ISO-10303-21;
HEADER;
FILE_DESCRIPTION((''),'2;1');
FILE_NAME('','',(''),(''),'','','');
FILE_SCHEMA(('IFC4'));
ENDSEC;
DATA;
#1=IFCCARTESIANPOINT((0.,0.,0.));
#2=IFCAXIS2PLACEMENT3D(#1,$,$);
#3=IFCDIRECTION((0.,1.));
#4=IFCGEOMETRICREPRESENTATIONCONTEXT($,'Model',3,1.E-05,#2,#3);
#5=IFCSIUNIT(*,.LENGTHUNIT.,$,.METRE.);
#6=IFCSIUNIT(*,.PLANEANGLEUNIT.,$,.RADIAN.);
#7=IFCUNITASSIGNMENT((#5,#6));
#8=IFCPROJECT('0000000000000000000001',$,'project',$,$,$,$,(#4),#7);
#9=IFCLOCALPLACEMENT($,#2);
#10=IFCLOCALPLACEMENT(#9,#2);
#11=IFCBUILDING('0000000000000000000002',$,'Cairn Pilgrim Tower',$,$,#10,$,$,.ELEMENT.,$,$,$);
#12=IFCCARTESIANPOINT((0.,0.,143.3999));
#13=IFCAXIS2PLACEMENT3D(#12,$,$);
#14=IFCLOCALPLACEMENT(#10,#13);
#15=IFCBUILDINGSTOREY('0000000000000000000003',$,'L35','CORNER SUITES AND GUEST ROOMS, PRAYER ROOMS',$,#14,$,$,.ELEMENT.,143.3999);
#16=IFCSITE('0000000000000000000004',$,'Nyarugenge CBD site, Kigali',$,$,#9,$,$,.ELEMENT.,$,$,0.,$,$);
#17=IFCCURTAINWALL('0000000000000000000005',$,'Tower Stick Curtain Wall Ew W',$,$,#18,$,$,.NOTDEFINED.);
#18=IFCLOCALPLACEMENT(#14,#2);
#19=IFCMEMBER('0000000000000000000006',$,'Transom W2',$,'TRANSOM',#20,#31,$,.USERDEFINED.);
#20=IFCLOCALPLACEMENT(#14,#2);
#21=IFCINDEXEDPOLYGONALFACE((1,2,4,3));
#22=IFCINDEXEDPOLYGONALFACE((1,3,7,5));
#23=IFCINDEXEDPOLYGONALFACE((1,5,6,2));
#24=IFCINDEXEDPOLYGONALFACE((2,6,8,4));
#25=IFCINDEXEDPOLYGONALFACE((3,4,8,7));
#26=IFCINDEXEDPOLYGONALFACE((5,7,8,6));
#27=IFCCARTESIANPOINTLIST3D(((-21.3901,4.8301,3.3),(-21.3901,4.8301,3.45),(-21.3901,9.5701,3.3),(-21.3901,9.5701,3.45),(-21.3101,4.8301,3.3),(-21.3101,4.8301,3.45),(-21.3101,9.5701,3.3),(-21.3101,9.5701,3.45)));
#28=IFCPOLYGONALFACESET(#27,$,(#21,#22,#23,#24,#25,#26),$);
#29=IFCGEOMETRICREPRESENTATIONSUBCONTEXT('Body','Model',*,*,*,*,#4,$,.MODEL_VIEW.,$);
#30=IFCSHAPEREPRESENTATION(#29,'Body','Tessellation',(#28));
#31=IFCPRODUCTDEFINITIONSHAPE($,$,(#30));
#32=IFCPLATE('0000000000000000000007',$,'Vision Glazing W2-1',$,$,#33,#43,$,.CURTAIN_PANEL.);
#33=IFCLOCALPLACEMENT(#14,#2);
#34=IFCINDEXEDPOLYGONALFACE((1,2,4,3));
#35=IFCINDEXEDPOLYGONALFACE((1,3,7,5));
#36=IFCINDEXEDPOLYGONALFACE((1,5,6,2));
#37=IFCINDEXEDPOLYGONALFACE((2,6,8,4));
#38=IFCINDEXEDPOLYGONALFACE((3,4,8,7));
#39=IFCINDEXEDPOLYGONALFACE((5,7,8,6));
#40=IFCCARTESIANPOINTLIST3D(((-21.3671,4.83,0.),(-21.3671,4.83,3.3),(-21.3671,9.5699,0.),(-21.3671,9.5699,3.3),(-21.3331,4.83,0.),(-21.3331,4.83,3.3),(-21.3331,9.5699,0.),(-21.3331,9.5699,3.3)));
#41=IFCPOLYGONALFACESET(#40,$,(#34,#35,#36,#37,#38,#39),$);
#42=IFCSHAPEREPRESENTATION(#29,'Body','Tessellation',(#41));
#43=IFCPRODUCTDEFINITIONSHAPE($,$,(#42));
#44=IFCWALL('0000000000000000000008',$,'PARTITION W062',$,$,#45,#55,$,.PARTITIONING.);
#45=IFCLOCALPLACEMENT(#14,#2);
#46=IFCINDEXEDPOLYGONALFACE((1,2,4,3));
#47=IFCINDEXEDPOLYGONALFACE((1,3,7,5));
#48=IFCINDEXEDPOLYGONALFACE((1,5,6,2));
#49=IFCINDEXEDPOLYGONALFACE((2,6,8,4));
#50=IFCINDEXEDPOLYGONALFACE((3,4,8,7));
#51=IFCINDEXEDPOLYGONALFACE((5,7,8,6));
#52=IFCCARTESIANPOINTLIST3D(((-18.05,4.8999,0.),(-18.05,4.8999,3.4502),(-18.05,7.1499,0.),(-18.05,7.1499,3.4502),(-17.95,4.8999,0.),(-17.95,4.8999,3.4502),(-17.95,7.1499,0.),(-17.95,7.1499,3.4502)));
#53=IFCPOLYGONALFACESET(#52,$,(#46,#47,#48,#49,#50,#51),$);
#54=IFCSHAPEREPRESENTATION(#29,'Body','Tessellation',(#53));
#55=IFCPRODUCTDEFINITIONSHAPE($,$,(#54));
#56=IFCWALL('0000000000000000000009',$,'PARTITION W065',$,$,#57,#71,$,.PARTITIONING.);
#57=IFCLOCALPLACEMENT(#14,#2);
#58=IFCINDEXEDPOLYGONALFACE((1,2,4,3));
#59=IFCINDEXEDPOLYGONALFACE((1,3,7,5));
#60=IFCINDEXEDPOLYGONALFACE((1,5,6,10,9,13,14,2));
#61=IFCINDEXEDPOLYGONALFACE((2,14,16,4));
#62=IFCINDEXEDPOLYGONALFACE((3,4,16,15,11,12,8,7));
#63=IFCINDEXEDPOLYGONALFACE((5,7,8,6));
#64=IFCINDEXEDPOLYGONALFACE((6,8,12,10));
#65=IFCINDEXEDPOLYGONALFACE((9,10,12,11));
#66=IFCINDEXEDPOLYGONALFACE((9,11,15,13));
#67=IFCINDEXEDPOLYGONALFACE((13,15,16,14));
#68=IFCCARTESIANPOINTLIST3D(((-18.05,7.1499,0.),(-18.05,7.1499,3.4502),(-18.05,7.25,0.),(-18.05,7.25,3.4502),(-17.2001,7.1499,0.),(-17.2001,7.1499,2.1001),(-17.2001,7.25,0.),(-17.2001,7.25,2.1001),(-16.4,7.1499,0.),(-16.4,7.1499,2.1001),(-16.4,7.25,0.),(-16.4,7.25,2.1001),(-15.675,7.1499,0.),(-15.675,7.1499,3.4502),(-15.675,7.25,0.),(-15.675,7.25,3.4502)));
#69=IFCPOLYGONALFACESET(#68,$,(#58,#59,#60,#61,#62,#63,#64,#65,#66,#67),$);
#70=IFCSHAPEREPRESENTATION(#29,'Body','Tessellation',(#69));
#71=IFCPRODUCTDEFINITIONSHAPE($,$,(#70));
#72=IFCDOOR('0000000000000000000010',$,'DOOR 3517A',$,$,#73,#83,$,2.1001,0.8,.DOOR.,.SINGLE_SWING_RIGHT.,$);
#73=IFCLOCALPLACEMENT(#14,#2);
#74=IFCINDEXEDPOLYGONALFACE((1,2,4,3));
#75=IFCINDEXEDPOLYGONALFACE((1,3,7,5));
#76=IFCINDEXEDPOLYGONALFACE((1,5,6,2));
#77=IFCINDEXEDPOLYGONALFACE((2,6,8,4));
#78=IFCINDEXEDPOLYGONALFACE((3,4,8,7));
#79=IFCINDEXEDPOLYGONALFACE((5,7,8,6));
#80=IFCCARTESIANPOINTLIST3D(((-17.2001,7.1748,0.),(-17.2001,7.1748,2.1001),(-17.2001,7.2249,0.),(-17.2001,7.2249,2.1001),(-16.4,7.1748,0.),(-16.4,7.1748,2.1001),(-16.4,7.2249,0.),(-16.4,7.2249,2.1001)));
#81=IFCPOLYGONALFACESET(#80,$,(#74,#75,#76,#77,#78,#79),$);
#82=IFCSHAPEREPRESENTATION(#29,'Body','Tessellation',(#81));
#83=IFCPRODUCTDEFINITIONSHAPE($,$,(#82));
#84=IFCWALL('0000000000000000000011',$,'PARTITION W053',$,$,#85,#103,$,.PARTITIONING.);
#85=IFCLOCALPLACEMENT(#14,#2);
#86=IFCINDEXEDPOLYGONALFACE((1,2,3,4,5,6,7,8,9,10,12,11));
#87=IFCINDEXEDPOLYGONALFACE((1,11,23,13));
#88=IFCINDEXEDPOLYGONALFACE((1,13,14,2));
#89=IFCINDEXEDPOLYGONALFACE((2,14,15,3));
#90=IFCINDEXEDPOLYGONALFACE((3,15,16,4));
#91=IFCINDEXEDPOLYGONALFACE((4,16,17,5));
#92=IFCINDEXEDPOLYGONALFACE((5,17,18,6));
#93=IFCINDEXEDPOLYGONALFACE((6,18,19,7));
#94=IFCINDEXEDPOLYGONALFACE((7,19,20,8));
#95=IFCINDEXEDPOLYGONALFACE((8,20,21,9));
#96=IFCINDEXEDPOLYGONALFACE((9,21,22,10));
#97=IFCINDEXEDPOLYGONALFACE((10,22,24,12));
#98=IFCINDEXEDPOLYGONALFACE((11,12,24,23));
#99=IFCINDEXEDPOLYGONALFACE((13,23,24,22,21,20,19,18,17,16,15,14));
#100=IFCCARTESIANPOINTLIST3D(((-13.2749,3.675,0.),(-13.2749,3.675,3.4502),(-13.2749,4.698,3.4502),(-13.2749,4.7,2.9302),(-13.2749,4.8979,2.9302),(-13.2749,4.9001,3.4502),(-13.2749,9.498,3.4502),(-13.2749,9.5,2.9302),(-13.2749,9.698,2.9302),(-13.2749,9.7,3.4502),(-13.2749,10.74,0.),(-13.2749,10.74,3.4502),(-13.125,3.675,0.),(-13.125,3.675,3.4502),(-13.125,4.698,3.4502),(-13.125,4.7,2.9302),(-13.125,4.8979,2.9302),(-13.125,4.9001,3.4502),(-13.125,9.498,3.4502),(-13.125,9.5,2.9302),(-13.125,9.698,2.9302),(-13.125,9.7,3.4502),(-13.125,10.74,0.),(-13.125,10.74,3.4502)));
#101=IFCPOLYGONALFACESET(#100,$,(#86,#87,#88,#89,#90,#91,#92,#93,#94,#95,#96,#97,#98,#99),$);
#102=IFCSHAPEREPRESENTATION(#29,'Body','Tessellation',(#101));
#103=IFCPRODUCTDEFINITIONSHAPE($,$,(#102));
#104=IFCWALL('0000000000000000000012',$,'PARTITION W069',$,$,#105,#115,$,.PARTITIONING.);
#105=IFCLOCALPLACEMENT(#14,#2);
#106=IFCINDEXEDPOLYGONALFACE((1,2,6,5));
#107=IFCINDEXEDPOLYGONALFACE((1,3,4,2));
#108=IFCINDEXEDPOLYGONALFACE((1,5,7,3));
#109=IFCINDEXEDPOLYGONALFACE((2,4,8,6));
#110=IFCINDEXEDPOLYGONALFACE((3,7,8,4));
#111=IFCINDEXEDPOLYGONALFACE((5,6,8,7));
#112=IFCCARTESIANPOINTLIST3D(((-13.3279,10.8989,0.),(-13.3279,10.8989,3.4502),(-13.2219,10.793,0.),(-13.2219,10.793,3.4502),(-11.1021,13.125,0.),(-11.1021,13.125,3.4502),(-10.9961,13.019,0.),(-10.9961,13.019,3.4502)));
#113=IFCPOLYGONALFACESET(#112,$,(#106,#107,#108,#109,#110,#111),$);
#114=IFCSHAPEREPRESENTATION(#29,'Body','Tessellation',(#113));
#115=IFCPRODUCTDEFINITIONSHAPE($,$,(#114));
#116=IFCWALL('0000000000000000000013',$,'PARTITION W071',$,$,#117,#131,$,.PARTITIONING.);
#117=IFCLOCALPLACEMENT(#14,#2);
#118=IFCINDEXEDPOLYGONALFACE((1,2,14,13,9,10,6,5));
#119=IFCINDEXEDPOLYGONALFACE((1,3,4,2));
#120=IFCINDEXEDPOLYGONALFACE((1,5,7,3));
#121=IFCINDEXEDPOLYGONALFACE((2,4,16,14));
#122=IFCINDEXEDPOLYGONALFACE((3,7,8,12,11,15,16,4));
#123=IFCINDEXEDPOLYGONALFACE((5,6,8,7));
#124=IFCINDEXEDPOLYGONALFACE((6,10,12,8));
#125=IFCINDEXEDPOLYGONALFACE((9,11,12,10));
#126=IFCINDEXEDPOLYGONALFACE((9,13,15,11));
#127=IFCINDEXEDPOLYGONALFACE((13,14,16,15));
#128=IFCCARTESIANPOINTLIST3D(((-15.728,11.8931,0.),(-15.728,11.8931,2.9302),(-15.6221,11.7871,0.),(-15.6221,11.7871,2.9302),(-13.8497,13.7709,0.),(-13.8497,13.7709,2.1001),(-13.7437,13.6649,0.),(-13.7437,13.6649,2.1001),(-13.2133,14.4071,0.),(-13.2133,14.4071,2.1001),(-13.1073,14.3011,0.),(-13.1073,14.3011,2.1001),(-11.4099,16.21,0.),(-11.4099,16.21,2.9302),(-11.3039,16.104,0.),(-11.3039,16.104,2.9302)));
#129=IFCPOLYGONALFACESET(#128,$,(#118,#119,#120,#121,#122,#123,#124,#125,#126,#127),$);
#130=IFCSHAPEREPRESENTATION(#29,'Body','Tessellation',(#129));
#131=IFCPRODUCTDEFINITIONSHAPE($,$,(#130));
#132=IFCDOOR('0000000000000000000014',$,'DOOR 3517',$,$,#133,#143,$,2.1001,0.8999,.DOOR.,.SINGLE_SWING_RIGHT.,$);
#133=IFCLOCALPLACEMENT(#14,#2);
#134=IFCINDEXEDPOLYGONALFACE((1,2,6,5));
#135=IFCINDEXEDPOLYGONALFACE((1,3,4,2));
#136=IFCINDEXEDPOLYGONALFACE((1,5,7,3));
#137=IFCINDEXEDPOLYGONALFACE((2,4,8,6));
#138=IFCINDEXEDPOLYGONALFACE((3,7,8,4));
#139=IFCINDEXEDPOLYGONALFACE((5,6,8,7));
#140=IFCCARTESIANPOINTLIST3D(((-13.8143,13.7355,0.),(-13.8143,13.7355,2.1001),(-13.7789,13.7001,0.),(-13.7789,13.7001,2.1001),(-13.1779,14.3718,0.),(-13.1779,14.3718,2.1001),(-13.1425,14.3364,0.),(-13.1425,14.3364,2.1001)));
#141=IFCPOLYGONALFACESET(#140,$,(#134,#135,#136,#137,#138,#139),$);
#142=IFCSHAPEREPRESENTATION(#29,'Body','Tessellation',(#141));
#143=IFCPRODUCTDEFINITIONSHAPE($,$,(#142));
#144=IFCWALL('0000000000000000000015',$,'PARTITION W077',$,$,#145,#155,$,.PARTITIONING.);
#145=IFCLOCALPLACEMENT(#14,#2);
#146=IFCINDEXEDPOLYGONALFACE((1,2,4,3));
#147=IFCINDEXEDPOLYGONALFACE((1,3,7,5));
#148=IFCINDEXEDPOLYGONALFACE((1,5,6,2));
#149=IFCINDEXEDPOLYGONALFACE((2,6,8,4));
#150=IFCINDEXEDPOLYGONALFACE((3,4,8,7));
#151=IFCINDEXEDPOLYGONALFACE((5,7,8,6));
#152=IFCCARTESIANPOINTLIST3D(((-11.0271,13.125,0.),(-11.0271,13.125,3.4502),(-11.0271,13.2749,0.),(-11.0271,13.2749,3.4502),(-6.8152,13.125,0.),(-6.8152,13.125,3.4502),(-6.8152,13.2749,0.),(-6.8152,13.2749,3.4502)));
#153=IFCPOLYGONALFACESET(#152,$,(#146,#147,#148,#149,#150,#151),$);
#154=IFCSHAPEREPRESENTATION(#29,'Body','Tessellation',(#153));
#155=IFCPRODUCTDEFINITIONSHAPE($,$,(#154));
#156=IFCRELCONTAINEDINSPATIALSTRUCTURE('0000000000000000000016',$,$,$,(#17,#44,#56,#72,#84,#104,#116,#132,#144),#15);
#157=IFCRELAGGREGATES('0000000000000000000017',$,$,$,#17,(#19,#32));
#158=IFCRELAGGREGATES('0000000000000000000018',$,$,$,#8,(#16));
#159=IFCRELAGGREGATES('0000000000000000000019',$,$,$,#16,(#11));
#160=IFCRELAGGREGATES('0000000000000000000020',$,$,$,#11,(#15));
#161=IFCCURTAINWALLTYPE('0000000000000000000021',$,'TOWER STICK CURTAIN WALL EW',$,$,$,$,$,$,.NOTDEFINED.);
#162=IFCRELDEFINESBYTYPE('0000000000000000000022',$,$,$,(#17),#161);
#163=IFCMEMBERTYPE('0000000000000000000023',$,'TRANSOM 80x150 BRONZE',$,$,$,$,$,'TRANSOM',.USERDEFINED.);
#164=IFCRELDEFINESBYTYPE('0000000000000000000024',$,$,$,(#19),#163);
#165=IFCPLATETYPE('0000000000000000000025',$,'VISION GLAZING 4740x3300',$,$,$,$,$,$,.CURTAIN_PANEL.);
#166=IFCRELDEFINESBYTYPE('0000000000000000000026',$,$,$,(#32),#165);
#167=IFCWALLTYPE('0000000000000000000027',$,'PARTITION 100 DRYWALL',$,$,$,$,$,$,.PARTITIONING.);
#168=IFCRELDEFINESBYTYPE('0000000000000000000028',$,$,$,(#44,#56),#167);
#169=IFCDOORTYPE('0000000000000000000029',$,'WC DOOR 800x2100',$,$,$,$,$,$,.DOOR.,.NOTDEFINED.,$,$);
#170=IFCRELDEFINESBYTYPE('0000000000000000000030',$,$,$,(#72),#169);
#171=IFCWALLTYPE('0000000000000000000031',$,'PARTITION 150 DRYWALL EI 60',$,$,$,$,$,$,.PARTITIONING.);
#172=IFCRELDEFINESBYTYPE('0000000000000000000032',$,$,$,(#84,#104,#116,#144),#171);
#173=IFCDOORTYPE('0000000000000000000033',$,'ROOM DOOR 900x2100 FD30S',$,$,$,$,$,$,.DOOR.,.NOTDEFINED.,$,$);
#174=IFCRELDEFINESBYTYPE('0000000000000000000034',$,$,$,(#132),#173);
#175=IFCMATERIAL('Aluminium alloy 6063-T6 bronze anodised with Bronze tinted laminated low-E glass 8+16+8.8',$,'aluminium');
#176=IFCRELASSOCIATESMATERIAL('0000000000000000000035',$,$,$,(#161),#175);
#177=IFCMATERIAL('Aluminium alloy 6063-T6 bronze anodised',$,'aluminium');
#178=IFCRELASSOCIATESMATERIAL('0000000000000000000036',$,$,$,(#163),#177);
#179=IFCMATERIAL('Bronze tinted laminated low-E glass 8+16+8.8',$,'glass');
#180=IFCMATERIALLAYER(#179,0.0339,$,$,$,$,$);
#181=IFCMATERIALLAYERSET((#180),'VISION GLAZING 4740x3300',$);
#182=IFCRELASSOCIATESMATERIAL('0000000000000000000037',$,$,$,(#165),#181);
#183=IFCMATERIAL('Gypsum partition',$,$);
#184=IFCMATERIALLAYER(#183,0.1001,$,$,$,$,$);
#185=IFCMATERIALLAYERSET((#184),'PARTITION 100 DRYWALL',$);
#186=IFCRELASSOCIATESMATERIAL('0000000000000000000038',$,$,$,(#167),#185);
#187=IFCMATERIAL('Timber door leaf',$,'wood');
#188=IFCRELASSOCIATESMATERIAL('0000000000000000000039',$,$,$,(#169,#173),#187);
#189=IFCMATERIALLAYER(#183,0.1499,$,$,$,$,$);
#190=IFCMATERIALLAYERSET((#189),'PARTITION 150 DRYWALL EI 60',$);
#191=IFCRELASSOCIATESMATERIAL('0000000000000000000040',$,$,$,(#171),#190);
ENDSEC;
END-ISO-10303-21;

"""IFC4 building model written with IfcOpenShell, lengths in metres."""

from ifc_helpers import new_model, si_unit, direction, frame, frame_2d, origin, origin_2d, place, context, subcontext, project, spatial, polyline, rectangle, outline, extrude, material, layer, layer_set, material_profile, profile_set, type_object, element, fill, aggregate, save


model = new_model("IFC4")

# Units and contexts
model_context = context("Model", 3, precision=1e-05, world=origin(), true_north=direction((0.0, 1.0)))
body_context = subcontext(model_context, "Body", "Model", "MODEL_VIEW")
ifc_project = project(units=[si_unit("LENGTHUNIT", "METRE"), si_unit("PLANEANGLEUNIT", "RADIAN")], contexts=[model_context])

# Site, building, storey
site_placement = place(None, origin())
site = spatial("IfcSite", under=ifc_project, at=site_placement, Name="Nyarugenge CBD site, Kigali", CompositionType="ELEMENT", RefElevation=0.0)
building_placement = place(site_placement, origin())
building = spatial("IfcBuilding", under=site, at=building_placement, Name="Cairn Pilgrim Tower", CompositionType="ELEMENT")
storey_placement = place(building_placement, frame((0.0, 0.0, 143.3999)))
storey = spatial("IfcBuildingStorey", under=building, at=storey_placement, Name="L35", Description="CORNER SUITES AND GUEST ROOMS, PRAYER ROOMS", CompositionType="ELEMENT", Elevation=143.3999)

# Curtain wall
ifc_material_1 = material(Name="Aluminium alloy 6063-T6 bronze anodised with Bronze tinted laminated low-E glass 8+16+8.8", Category="aluminium")
curtain_wall_type = type_object("IfcCurtainWallType", Name="TOWER STICK CURTAIN WALL EW", PredefinedType="NOTDEFINED", material=ifc_material_1)
curtain_wall_placement = place(storey_placement, origin())
curtain_wall = element("IfcCurtainWall", 1, at=curtain_wall_placement, inside=storey, type_object=curtain_wall_type, Name="Tower Stick Curtain Wall Ew W", PredefinedType="NOTDEFINED")
ifc_material_2 = material(Name="Aluminium alloy 6063-T6 bronze anodised", Category="aluminium")

# Member
ifc_material_profile_1 = material_profile(ifc_material_2, rectangle(XDim=0.0801, YDim=0.1499, at=origin_2d()), Name="TRANSOM 80x150 BRONZE")
ifc_profile_set_1 = profile_set([ifc_material_profile_1], Name="Aluminium alloy 6063-T6 bronze anodised")
member_type_1 = type_object("IfcMemberType", Name="TRANSOM 80x150 BRONZE", ElementType="TRANSOM", PredefinedType="USERDEFINED", material=ifc_profile_set_1)
member_1_placement = place(storey_placement, frame((-21.3501, 9.5701, 3.375), z_axis=(0.0, -1.0, 0.0), x_axis=(1.0, 0.0, 0.0)))
member_1 = element("IfcMember", 2, at=member_1_placement, type_object=member_type_1, Name="Transom W2", ObjectType="TRANSOM", PredefinedType="USERDEFINED", context=body_context, shape_type="SweptSolid", body=[
    extrude(rectangle(XDim=0.0801, YDim=0.1499, at=origin_2d()), origin(), (0.0, 0.0, 1.0), 4.74),
])

# Plate
ifc_material_3 = material(Name="Bronze tinted laminated low-E glass 8+16+8.8", Category="glass")
ifc_layer_1 = layer(ifc_material_3, 0.0339)
ifc_layer_set_1 = layer_set([ifc_layer_1], Name="VISION GLAZING 4740x3300")
plate_type = type_object("IfcPlateType", Name="VISION GLAZING 4740x3300", PredefinedType="CURTAIN_PANEL", material=ifc_layer_set_1)
plate_placement = place(storey_placement, frame((-21.3501, 7.2, 0.0), z_axis=(0.0, 0.0, 1.0), x_axis=(0.0, -1.0, 0.0)))
plate = element("IfcPlate", 3, at=plate_placement, type_object=plate_type, Name="Vision Glazing W2-1", PredefinedType="CURTAIN_PANEL", context=body_context, shape_type="SweptSolid", body=[
    extrude(rectangle(XDim=4.74, YDim=0.0339, at=origin_2d()), origin(), (0.0, 0.0, 1.0), 3.3),
])
aggregate(curtain_wall, [member_1, plate])

# Wall
ifc_material_4 = material(Name="Gypsum partition")
ifc_layer_2 = layer(ifc_material_4, 0.1001)
ifc_layer_set_2 = layer_set([ifc_layer_2], Name="PARTITION 100 DRYWALL")
wall_type_1 = type_object("IfcWallType", Name="PARTITION 100 DRYWALL", PredefinedType="PARTITIONING", material=ifc_layer_set_2)
wall_1_placement = place(storey_placement, frame((-18.0, 4.8999, 0.0), z_axis=(0.0, 0.0, 1.0), x_axis=(0.0, 1.0, 0.0)))
element("IfcWall", 4, at=wall_1_placement, inside=storey, type_object=wall_type_1, Name="PARTITION W062", PredefinedType="PARTITIONING", context=body_context, shape_type="SweptSolid", body=[
    extrude(rectangle(XDim=2.25, YDim=0.1001, at=frame_2d((1.125, 0.0))), origin(), (0.0, 0.0, 1.0), 3.4502),
])

# Wall, opening, door
wall_2_placement = place(storey_placement, frame((-18.05, 7.2, 0.0), z_axis=(0.0, 0.0, 1.0), x_axis=(1.0, 0.0, 0.0)))
wall_2 = element("IfcWall", 5, at=wall_2_placement, inside=storey, type_object=wall_type_1, Name="PARTITION W065", PredefinedType="PARTITIONING", context=body_context, shape_type="SweptSolid", body=[
    extrude(rectangle(XDim=2.375, YDim=0.1001, at=frame_2d((1.1875, 0.0))), origin(), (0.0, 0.0, 1.0), 3.4502),
])
opening_1_placement = place(wall_2_placement, frame((0.8501, 0.0, 0.0)))
opening_1 = element("IfcOpeningElement", 6, at=opening_1_placement, cuts=wall_2, PredefinedType="OPENING", context=body_context, shape_type="SweptSolid", body=[
    extrude(rectangle(XDim=0.8, YDim=2.1001, at=frame_2d((0.3999, 1.05))), frame((0.0, 0.0601, 0.0), z_axis=(0.0, -1.0, 0.0), x_axis=(1.0, 0.0, 0.0)), (0.0, 0.0, 1.0), 0.1201),
])
ifc_material_5 = material(Name="Timber door leaf", Category="wood")
door_type_1 = type_object("IfcDoorType", Name="WC DOOR 800x2100", OperationType="NOTDEFINED", PredefinedType="DOOR", material=ifc_material_5)
door_1_placement = place(opening_1_placement, origin())
door_1 = element("IfcDoor", 7, at=door_1_placement, inside=storey, type_object=door_type_1, Name="DOOR 3517A", OperationType="SINGLE_SWING_RIGHT", OverallHeight=2.1001, OverallWidth=0.8, PredefinedType="DOOR", context=body_context, shape_type="SweptSolid", body=[
    extrude(rectangle(XDim=0.8, YDim=2.1001, at=frame_2d((0.3999, 1.05))), frame((0.0, 0.0249, 0.0), z_axis=(0.0, -1.0, 0.0), x_axis=(1.0, 0.0, 0.0)), (0.0, 0.0, 1.0), 0.05),
])
fill(opening_1, door_1)

# Walls
ifc_layer_3 = layer(ifc_material_4, 0.1499)
ifc_layer_set_3 = layer_set([ifc_layer_3], Name="PARTITION 150 DRYWALL EI 60")
wall_type_2 = type_object("IfcWallType", Name="PARTITION 150 DRYWALL EI 60", PredefinedType="PARTITIONING", material=ifc_layer_set_3)
wall_3_placement = place(storey_placement, frame((-13.2, 3.675, 0.0), z_axis=(0.0, 0.0, 1.0), x_axis=(0.0, 1.0, 0.0)))
element("IfcWall", 8, at=wall_3_placement, inside=storey, type_object=wall_type_2, Name="PARTITION W053", PredefinedType="PARTITIONING", context=body_context, shape_type="SweptSolid", body=[
    extrude(outline(polyline([(0.0, 0.0), (7.0649, 0.0), (7.0649, 3.4502), (6.0249, 3.4502), (6.0229, 2.9302), (5.825, 2.9302), (5.823, 3.4502), (1.2251, 3.4502), (1.2229, 2.9302), (1.0249, 2.9302), (1.0229, 3.4502), (0.0, 3.4502), (0.0, 0.0)])), frame((0.0, 0.075, 0.0), z_axis=(0.0, -1.0, 0.0), x_axis=(1.0, 0.0, 0.0)), (0.0, 0.0, 1.0), 0.1499),
])
wall_4_placement = place(storey_placement, frame((-13.2749, 10.8459, 0.0), z_axis=(0.0, 0.0, 1.0), x_axis=(0.707068, 0.707146, 0.0)))
element("IfcWall", 9, at=wall_4_placement, inside=storey, type_object=wall_type_2, Name="PARTITION W069", PredefinedType="PARTITIONING", context=body_context, shape_type="SweptSolid", body=[
    extrude(rectangle(XDim=3.1479, YDim=0.1499, at=frame_2d((1.574, 0.0))), origin(), (0.0, 0.0, 1.0), 3.4502),
])

# Wall, opening, door
wall_5_placement = place(storey_placement, frame((-15.675, 11.8401, 0.0), z_axis=(0.0, 0.0, 1.0), x_axis=(0.707207, 0.707007, 0.0)))
wall_5 = element("IfcWall", 10, at=wall_5_placement, inside=storey, type_object=wall_type_2, Name="PARTITION W071", PredefinedType="PARTITIONING", context=body_context, shape_type="SweptSolid", body=[
    extrude(rectangle(XDim=6.106, YDim=0.1499, at=frame_2d((3.053, 0.0))), origin(), (0.0, 0.0, 1.0), 2.9302),
])
opening_2_placement = place(wall_5_placement, frame((2.656, 0.0, 0.0)))
opening_2 = element("IfcOpeningElement", 11, at=opening_2_placement, cuts=wall_5, PredefinedType="OPENING", context=body_context, shape_type="SweptSolid", body=[
    extrude(rectangle(XDim=0.8999, YDim=2.1001, at=frame_2d((0.45, 1.05))), frame((0.0, 0.085, 0.0), z_axis=(0.0, -1.0, 0.0), x_axis=(1.0, 0.0, 0.0)), (0.0, 0.0, 1.0), 0.1699),
])
door_type_2 = type_object("IfcDoorType", Name="ROOM DOOR 900x2100 FD30S", OperationType="NOTDEFINED", PredefinedType="DOOR", material=ifc_material_5)
door_2_placement = place(opening_2_placement, origin())
door_2 = element("IfcDoor", 12, at=door_2_placement, inside=storey, type_object=door_type_2, Name="DOOR 3517", OperationType="SINGLE_SWING_RIGHT", OverallHeight=2.1001, OverallWidth=0.8999, PredefinedType="DOOR", context=body_context, shape_type="SweptSolid", body=[
    extrude(rectangle(XDim=0.8999, YDim=2.1001, at=frame_2d((0.45, 1.05))), frame((0.0, 0.0249, 0.0), z_axis=(0.0, -1.0, 0.0), x_axis=(1.0, 0.0, 0.0)), (0.0, 0.0, 1.0), 0.05),
])
fill(opening_2, door_2)

# Wall
wall_6_placement = place(storey_placement, frame((-11.0271, 13.2, 0.0), z_axis=(0.0, 0.0, 1.0), x_axis=(1.0, 0.0, 0.0)))
element("IfcWall", 13, at=wall_6_placement, inside=storey, type_object=wall_type_2, Name="PARTITION W077", PredefinedType="PARTITIONING", context=body_context, shape_type="SweptSolid", body=[
    extrude(rectangle(XDim=4.2119, YDim=0.1499, at=frame_2d((2.106, 0.0))), origin(), (0.0, 0.0, 1.0), 3.4502),
])

save(model, "model.ifc")
